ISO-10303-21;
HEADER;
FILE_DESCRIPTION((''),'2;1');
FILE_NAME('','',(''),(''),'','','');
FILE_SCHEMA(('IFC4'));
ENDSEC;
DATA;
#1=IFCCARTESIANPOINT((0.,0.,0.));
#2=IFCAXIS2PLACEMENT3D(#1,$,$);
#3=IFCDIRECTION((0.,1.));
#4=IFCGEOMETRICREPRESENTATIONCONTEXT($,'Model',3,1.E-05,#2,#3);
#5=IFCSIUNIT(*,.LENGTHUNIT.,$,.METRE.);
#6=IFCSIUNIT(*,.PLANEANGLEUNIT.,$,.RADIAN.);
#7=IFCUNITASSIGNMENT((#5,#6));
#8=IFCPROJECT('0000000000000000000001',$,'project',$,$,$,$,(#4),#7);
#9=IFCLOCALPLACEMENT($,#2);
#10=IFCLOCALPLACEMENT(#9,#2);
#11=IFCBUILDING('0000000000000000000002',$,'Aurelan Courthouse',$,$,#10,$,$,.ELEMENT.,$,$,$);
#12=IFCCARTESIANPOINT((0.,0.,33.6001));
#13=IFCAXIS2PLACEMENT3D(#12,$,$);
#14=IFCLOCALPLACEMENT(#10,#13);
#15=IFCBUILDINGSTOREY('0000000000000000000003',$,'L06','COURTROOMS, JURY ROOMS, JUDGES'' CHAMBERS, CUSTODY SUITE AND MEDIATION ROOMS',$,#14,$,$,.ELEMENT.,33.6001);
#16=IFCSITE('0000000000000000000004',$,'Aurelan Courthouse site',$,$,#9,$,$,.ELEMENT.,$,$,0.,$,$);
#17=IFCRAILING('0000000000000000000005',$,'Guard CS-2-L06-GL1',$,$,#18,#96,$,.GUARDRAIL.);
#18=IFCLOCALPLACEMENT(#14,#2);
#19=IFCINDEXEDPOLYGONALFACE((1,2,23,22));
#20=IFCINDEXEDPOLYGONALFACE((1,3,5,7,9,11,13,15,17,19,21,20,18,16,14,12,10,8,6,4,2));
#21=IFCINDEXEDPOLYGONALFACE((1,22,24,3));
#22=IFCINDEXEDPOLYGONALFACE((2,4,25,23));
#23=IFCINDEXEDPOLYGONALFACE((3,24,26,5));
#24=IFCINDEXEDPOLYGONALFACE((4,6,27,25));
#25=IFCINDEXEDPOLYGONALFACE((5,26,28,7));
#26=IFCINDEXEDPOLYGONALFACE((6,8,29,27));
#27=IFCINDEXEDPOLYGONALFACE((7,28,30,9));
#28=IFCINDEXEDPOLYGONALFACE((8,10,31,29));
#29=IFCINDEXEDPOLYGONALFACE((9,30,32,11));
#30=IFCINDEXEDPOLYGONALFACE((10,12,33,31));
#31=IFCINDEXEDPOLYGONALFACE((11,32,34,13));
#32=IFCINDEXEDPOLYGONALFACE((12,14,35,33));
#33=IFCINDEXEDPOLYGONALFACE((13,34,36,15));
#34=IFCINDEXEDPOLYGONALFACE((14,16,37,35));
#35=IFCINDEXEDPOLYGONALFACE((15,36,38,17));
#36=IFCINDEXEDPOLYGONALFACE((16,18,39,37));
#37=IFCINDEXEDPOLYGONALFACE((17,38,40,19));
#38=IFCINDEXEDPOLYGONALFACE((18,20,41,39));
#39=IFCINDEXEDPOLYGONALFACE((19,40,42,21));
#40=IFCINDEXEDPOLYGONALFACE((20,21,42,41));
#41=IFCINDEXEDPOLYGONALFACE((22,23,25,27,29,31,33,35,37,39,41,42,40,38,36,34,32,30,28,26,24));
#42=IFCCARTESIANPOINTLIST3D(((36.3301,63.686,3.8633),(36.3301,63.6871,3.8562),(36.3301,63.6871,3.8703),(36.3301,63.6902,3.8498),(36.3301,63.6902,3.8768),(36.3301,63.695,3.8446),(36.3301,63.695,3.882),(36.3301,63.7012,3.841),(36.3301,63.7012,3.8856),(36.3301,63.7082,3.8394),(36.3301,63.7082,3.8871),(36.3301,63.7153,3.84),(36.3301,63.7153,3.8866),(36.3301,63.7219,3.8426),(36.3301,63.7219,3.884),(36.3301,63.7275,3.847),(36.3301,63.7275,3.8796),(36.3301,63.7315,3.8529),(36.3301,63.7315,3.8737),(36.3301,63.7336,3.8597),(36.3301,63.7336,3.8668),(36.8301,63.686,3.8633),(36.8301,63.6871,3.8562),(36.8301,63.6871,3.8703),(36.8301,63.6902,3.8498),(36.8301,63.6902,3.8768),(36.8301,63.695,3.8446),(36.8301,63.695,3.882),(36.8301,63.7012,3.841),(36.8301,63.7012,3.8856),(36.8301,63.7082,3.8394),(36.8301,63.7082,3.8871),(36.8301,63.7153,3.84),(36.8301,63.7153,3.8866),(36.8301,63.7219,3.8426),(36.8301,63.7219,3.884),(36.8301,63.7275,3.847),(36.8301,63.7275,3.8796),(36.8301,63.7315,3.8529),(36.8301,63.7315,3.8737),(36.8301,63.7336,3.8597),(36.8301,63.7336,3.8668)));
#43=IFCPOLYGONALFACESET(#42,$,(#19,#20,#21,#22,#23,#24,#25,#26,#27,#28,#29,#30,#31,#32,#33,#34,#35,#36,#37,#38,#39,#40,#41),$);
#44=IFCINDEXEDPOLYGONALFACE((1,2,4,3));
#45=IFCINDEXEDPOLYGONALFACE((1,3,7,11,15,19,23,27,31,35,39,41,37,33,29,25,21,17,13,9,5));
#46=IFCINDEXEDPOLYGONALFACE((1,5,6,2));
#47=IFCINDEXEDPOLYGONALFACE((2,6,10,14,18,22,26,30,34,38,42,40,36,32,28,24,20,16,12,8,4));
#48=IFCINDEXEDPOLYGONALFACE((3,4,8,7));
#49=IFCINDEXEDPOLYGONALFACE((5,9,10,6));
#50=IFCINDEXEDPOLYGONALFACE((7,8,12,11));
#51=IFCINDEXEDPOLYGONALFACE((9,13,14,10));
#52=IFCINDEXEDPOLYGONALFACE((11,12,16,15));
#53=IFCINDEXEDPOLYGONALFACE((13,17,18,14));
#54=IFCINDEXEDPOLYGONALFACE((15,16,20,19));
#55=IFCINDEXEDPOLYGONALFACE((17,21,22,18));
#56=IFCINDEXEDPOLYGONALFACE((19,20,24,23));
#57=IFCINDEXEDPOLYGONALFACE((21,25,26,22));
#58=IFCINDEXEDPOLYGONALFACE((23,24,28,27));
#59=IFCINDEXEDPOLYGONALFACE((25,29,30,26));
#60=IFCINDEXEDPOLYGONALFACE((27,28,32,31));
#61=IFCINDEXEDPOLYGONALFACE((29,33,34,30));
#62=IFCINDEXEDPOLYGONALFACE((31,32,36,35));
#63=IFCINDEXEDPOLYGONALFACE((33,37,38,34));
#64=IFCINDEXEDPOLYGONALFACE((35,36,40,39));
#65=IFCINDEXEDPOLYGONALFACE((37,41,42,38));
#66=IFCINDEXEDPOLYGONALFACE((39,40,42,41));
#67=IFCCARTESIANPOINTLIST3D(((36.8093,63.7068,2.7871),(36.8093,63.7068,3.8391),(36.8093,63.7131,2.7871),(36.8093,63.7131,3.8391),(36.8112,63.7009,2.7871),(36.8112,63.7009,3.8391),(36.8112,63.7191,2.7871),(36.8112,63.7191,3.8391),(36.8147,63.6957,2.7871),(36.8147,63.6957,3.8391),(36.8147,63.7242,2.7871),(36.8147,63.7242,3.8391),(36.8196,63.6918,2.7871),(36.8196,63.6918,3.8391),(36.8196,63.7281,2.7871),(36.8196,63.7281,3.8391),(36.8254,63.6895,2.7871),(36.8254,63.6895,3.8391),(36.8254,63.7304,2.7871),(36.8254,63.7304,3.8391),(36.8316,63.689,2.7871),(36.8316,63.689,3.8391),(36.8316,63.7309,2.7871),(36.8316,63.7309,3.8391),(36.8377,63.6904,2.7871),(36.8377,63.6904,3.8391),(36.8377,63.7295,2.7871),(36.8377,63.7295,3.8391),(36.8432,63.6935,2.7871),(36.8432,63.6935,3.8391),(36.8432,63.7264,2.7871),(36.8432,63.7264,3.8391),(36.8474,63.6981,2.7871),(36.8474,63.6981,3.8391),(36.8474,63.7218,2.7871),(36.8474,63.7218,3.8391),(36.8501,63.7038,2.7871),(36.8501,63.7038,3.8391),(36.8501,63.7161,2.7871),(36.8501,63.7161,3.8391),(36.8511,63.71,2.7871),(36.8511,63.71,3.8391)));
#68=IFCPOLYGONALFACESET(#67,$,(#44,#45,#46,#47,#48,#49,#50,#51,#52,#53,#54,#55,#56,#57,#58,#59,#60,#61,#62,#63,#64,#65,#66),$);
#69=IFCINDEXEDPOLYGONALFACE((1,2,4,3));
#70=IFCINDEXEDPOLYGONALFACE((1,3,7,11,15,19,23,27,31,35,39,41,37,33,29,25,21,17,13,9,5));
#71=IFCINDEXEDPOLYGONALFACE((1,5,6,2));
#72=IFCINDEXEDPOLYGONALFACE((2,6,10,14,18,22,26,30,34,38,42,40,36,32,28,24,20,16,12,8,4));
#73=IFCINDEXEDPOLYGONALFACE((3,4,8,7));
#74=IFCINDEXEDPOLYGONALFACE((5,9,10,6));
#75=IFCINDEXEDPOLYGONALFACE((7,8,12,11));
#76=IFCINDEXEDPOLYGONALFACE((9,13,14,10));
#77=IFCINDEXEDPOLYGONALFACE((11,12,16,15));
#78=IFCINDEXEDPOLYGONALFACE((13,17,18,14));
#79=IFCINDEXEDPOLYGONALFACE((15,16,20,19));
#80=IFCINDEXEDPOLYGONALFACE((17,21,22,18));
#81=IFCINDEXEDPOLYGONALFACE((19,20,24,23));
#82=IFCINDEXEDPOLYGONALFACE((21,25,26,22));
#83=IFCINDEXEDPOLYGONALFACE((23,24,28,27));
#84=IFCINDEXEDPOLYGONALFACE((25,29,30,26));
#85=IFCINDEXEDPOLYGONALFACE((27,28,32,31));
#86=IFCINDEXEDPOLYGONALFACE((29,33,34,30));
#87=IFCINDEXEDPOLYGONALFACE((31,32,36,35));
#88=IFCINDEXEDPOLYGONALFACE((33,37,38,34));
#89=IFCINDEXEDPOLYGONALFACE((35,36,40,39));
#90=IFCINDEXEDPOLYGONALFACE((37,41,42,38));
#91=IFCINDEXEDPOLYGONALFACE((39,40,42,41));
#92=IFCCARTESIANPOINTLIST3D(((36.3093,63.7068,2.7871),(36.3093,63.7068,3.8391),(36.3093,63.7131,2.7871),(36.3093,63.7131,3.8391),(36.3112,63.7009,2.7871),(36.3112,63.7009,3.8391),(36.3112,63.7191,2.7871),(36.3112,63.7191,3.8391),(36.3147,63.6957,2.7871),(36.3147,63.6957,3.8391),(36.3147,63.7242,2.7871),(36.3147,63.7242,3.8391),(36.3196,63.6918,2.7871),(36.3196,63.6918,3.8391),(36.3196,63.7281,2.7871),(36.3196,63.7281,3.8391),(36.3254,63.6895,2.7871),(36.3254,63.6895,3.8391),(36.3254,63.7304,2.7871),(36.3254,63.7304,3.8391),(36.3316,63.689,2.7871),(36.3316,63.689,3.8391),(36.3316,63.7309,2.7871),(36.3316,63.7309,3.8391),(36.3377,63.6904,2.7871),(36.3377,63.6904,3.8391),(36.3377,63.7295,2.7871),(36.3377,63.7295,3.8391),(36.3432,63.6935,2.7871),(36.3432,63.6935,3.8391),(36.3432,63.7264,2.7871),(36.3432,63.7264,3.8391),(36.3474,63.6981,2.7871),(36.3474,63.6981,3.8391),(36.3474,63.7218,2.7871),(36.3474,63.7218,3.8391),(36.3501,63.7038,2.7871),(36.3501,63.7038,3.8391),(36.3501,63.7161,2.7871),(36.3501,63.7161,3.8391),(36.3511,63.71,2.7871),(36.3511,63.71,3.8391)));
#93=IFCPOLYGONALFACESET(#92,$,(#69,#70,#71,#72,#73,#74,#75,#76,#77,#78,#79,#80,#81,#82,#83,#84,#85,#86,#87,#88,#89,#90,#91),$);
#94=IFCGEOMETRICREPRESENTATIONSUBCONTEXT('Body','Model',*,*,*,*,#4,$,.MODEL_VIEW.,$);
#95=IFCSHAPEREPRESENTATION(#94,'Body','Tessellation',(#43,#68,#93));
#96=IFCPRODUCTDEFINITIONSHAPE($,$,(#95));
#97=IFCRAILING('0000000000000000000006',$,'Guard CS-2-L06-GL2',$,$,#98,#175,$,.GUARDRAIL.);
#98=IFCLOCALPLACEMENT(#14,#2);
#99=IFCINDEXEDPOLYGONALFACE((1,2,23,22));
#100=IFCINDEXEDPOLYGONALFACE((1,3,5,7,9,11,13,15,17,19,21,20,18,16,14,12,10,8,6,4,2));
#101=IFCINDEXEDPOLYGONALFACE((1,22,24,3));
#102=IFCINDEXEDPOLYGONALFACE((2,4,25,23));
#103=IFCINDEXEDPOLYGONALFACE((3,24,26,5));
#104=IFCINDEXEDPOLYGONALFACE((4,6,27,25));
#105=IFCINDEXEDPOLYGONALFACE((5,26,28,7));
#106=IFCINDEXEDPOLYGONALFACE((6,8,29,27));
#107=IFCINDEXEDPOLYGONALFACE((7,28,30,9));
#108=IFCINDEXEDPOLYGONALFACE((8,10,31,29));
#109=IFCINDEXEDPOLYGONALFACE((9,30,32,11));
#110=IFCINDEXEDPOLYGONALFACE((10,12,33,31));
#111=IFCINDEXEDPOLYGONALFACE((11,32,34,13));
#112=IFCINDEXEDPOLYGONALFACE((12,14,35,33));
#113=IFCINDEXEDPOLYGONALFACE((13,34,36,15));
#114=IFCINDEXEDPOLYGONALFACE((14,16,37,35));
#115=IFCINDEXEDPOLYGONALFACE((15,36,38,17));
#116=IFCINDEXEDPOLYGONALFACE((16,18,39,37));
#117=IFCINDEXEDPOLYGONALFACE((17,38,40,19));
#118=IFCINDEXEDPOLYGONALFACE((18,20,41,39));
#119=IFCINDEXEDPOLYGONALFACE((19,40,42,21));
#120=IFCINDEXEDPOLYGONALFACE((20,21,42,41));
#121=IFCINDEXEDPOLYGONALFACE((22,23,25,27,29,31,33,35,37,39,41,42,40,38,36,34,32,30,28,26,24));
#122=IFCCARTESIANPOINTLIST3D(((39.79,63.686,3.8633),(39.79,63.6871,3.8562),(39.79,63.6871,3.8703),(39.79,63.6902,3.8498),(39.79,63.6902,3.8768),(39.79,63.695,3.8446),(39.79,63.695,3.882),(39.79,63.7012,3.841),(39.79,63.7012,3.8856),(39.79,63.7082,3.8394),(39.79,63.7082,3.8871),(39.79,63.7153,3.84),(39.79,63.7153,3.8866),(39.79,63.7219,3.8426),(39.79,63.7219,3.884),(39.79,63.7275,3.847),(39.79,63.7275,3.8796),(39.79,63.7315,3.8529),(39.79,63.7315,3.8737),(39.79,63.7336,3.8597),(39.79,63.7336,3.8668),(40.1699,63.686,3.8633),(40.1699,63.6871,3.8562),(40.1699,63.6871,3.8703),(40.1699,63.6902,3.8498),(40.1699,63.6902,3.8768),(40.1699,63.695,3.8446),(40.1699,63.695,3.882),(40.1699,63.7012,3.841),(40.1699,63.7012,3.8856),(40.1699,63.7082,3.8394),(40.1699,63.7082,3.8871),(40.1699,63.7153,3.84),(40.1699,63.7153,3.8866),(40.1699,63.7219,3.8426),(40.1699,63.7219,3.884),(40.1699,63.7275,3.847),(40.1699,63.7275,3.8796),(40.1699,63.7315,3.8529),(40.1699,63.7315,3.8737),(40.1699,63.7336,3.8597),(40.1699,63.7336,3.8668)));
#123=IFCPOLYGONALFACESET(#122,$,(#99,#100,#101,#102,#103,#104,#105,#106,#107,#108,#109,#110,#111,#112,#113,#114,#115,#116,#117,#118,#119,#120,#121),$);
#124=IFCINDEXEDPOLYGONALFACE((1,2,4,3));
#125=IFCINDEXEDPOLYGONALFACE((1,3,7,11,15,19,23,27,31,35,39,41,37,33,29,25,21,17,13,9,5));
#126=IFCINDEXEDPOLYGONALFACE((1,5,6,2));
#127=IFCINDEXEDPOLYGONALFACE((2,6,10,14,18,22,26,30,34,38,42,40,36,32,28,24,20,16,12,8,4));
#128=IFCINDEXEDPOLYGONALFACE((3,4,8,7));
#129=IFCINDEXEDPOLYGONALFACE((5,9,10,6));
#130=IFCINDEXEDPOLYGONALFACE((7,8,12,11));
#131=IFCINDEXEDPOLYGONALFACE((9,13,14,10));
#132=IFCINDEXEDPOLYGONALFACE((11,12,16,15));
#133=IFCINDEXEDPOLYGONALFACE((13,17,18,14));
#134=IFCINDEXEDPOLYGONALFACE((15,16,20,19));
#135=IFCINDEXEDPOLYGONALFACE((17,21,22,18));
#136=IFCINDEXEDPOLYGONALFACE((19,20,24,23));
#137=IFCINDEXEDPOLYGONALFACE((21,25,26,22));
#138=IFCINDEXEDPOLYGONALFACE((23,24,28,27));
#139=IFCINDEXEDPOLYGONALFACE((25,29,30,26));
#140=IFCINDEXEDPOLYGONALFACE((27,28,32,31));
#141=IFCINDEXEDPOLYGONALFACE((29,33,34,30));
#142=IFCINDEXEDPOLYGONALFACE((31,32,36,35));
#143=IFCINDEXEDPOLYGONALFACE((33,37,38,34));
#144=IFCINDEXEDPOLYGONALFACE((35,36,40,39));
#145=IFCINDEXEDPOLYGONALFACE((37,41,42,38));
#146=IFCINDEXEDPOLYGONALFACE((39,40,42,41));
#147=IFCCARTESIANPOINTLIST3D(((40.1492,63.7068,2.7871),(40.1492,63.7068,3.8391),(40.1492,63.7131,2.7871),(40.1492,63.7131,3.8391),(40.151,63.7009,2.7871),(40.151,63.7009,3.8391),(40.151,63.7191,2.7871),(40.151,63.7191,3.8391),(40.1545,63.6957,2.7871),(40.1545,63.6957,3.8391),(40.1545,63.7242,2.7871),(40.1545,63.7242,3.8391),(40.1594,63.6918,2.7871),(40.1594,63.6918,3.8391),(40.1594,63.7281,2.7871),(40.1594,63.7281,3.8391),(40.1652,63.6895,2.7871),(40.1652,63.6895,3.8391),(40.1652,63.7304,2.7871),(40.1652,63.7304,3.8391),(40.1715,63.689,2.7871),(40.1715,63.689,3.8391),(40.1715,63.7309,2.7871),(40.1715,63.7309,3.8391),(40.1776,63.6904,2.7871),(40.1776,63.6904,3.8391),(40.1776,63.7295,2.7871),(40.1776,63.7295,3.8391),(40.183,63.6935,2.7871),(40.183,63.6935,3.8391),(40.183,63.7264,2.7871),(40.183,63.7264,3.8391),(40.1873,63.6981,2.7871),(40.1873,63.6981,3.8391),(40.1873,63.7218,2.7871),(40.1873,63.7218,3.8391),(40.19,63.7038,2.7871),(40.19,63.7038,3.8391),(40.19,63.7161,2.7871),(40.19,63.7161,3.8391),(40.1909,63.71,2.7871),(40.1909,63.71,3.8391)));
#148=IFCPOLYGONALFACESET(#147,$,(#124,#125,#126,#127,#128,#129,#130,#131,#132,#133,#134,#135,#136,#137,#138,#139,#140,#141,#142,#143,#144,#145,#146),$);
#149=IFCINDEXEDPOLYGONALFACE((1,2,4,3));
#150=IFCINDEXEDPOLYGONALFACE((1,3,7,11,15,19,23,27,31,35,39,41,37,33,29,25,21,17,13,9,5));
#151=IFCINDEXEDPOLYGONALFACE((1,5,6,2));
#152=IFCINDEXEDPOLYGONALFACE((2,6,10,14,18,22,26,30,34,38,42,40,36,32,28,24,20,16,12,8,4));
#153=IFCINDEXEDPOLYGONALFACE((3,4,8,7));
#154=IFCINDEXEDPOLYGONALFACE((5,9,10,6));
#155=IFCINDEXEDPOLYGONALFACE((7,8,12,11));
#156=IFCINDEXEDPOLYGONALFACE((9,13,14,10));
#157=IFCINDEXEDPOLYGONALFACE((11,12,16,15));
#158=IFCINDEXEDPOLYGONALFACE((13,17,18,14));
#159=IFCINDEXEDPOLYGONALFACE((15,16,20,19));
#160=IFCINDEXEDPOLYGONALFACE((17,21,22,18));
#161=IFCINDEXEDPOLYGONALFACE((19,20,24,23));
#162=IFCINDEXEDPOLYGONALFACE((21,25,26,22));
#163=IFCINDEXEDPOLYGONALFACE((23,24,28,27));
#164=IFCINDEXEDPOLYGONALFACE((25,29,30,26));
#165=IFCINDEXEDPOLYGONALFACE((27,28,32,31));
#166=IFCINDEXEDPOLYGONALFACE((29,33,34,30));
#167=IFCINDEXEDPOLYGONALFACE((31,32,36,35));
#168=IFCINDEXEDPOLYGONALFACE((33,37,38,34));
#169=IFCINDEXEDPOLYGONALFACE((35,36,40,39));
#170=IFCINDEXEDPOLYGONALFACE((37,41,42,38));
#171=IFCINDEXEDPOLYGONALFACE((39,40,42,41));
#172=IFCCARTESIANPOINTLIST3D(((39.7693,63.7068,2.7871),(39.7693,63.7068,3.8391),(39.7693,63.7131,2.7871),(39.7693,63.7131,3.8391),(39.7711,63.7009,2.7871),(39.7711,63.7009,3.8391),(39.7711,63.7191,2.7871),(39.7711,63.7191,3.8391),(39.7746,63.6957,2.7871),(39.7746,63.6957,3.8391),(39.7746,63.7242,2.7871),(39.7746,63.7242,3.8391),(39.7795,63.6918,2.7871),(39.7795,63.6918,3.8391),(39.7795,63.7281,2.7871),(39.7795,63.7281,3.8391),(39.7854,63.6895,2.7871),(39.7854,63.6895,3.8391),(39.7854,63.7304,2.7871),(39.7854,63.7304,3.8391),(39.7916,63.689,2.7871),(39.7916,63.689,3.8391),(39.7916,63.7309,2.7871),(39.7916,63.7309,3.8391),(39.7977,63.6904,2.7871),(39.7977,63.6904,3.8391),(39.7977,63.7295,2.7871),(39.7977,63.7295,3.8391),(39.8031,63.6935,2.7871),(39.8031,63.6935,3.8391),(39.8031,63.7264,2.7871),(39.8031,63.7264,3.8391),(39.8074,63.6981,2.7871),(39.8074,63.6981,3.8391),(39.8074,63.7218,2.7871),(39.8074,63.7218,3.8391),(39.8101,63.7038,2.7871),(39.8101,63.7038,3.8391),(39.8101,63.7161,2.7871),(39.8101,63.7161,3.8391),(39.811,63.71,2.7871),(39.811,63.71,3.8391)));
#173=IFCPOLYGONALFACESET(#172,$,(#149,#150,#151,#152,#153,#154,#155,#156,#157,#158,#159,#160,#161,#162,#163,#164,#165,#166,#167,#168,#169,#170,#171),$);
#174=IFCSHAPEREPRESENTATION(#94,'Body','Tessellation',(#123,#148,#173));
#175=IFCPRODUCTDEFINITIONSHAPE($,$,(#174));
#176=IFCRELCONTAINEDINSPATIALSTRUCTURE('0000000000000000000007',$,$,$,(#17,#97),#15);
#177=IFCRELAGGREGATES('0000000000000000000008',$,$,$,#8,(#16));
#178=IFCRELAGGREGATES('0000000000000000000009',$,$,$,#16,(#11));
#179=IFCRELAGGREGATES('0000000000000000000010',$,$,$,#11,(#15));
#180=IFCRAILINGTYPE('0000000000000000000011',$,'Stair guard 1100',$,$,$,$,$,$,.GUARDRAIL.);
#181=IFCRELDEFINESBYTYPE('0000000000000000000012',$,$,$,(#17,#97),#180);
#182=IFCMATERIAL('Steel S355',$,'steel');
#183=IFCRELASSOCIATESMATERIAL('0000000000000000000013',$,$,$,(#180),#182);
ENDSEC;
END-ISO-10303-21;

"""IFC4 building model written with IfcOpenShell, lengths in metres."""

from ifc_helpers import new_model, si_unit, direction, frame, origin, origin_2d, place, context, subcontext, project, spatial, circle, extrude, material, type_object, element, save


model = new_model("IFC4")

# Units and contexts
model_context = context("Model", 3, precision=1e-05, world=origin(), true_north=direction((0.0, 1.0)))
body_context = subcontext(model_context, "Body", "Model", "MODEL_VIEW")
ifc_project = project(units=[si_unit("LENGTHUNIT", "METRE"), si_unit("PLANEANGLEUNIT", "RADIAN")], contexts=[model_context])

# Site, building, storey
site_placement = place(None, origin())
site = spatial("IfcSite", under=ifc_project, at=site_placement, Name="Aurelan Courthouse site", CompositionType="ELEMENT", RefElevation=0.0)
building_placement = place(site_placement, origin())
building = spatial("IfcBuilding", under=site, at=building_placement, Name="Aurelan Courthouse", CompositionType="ELEMENT")
storey_placement = place(building_placement, frame((0.0, 0.0, 33.6001)))
storey = spatial("IfcBuildingStorey", under=building, at=storey_placement, Name="L06", Description="COURTROOMS, JURY ROOMS, JUDGES' CHAMBERS, CUSTODY SUITE AND MEDIATION ROOMS", CompositionType="ELEMENT", Elevation=33.6001)

# Railings
ifc_material_1 = material(Name="Steel S355", Category="steel")
railing_type_1 = type_object("IfcRailingType", Name="Stair guard 1100", PredefinedType="GUARDRAIL", material=ifc_material_1)
railing_1_placement = place(storey_placement, frame((36.8301, 63.71, 2.7871)))
element("IfcRailing", 1, at=railing_1_placement, inside=storey, type_object=railing_type_1, Name="Guard CS-2-L06-GL1", PredefinedType="GUARDRAIL", context=body_context, shape_type="SweptSolid", body=[
    extrude(circle(Radius=0.0239, at=origin_2d()), frame((0.0, 0.0, 1.0762), z_axis=(-1.0, 0.0, 0.0), x_axis=(0.0, -1.0, 0.0)), (0.0, 0.0, 1.0), 0.5),
    extrude(circle(Radius=0.021, at=origin_2d()), origin(), (0.0, 0.0, 1.0), 1.052),
    extrude(circle(Radius=0.021, at=origin_2d()), frame((-0.5, 0.0, 0.0)), (0.0, 0.0, 1.0), 1.052),
])
railing_2_placement = place(storey_placement, frame((40.1699, 63.71, 2.7871)))
element("IfcRailing", 2, at=railing_2_placement, inside=storey, type_object=railing_type_1, Name="Guard CS-2-L06-GL2", PredefinedType="GUARDRAIL", context=body_context, shape_type="SweptSolid", body=[
    extrude(circle(Radius=0.0239, at=origin_2d()), frame((0.0, 0.0, 1.0762), z_axis=(-1.0, 0.0, 0.0), x_axis=(0.0, -1.0, 0.0)), (0.0, 0.0, 1.0), 0.3799),
    extrude(circle(Radius=0.021, at=origin_2d()), origin(), (0.0, 0.0, 1.0), 1.052),
    extrude(circle(Radius=0.021, at=origin_2d()), frame((-0.3799, 0.0, 0.0)), (0.0, 0.0, 1.0), 1.052),
])

save(model, "model.ifc")
